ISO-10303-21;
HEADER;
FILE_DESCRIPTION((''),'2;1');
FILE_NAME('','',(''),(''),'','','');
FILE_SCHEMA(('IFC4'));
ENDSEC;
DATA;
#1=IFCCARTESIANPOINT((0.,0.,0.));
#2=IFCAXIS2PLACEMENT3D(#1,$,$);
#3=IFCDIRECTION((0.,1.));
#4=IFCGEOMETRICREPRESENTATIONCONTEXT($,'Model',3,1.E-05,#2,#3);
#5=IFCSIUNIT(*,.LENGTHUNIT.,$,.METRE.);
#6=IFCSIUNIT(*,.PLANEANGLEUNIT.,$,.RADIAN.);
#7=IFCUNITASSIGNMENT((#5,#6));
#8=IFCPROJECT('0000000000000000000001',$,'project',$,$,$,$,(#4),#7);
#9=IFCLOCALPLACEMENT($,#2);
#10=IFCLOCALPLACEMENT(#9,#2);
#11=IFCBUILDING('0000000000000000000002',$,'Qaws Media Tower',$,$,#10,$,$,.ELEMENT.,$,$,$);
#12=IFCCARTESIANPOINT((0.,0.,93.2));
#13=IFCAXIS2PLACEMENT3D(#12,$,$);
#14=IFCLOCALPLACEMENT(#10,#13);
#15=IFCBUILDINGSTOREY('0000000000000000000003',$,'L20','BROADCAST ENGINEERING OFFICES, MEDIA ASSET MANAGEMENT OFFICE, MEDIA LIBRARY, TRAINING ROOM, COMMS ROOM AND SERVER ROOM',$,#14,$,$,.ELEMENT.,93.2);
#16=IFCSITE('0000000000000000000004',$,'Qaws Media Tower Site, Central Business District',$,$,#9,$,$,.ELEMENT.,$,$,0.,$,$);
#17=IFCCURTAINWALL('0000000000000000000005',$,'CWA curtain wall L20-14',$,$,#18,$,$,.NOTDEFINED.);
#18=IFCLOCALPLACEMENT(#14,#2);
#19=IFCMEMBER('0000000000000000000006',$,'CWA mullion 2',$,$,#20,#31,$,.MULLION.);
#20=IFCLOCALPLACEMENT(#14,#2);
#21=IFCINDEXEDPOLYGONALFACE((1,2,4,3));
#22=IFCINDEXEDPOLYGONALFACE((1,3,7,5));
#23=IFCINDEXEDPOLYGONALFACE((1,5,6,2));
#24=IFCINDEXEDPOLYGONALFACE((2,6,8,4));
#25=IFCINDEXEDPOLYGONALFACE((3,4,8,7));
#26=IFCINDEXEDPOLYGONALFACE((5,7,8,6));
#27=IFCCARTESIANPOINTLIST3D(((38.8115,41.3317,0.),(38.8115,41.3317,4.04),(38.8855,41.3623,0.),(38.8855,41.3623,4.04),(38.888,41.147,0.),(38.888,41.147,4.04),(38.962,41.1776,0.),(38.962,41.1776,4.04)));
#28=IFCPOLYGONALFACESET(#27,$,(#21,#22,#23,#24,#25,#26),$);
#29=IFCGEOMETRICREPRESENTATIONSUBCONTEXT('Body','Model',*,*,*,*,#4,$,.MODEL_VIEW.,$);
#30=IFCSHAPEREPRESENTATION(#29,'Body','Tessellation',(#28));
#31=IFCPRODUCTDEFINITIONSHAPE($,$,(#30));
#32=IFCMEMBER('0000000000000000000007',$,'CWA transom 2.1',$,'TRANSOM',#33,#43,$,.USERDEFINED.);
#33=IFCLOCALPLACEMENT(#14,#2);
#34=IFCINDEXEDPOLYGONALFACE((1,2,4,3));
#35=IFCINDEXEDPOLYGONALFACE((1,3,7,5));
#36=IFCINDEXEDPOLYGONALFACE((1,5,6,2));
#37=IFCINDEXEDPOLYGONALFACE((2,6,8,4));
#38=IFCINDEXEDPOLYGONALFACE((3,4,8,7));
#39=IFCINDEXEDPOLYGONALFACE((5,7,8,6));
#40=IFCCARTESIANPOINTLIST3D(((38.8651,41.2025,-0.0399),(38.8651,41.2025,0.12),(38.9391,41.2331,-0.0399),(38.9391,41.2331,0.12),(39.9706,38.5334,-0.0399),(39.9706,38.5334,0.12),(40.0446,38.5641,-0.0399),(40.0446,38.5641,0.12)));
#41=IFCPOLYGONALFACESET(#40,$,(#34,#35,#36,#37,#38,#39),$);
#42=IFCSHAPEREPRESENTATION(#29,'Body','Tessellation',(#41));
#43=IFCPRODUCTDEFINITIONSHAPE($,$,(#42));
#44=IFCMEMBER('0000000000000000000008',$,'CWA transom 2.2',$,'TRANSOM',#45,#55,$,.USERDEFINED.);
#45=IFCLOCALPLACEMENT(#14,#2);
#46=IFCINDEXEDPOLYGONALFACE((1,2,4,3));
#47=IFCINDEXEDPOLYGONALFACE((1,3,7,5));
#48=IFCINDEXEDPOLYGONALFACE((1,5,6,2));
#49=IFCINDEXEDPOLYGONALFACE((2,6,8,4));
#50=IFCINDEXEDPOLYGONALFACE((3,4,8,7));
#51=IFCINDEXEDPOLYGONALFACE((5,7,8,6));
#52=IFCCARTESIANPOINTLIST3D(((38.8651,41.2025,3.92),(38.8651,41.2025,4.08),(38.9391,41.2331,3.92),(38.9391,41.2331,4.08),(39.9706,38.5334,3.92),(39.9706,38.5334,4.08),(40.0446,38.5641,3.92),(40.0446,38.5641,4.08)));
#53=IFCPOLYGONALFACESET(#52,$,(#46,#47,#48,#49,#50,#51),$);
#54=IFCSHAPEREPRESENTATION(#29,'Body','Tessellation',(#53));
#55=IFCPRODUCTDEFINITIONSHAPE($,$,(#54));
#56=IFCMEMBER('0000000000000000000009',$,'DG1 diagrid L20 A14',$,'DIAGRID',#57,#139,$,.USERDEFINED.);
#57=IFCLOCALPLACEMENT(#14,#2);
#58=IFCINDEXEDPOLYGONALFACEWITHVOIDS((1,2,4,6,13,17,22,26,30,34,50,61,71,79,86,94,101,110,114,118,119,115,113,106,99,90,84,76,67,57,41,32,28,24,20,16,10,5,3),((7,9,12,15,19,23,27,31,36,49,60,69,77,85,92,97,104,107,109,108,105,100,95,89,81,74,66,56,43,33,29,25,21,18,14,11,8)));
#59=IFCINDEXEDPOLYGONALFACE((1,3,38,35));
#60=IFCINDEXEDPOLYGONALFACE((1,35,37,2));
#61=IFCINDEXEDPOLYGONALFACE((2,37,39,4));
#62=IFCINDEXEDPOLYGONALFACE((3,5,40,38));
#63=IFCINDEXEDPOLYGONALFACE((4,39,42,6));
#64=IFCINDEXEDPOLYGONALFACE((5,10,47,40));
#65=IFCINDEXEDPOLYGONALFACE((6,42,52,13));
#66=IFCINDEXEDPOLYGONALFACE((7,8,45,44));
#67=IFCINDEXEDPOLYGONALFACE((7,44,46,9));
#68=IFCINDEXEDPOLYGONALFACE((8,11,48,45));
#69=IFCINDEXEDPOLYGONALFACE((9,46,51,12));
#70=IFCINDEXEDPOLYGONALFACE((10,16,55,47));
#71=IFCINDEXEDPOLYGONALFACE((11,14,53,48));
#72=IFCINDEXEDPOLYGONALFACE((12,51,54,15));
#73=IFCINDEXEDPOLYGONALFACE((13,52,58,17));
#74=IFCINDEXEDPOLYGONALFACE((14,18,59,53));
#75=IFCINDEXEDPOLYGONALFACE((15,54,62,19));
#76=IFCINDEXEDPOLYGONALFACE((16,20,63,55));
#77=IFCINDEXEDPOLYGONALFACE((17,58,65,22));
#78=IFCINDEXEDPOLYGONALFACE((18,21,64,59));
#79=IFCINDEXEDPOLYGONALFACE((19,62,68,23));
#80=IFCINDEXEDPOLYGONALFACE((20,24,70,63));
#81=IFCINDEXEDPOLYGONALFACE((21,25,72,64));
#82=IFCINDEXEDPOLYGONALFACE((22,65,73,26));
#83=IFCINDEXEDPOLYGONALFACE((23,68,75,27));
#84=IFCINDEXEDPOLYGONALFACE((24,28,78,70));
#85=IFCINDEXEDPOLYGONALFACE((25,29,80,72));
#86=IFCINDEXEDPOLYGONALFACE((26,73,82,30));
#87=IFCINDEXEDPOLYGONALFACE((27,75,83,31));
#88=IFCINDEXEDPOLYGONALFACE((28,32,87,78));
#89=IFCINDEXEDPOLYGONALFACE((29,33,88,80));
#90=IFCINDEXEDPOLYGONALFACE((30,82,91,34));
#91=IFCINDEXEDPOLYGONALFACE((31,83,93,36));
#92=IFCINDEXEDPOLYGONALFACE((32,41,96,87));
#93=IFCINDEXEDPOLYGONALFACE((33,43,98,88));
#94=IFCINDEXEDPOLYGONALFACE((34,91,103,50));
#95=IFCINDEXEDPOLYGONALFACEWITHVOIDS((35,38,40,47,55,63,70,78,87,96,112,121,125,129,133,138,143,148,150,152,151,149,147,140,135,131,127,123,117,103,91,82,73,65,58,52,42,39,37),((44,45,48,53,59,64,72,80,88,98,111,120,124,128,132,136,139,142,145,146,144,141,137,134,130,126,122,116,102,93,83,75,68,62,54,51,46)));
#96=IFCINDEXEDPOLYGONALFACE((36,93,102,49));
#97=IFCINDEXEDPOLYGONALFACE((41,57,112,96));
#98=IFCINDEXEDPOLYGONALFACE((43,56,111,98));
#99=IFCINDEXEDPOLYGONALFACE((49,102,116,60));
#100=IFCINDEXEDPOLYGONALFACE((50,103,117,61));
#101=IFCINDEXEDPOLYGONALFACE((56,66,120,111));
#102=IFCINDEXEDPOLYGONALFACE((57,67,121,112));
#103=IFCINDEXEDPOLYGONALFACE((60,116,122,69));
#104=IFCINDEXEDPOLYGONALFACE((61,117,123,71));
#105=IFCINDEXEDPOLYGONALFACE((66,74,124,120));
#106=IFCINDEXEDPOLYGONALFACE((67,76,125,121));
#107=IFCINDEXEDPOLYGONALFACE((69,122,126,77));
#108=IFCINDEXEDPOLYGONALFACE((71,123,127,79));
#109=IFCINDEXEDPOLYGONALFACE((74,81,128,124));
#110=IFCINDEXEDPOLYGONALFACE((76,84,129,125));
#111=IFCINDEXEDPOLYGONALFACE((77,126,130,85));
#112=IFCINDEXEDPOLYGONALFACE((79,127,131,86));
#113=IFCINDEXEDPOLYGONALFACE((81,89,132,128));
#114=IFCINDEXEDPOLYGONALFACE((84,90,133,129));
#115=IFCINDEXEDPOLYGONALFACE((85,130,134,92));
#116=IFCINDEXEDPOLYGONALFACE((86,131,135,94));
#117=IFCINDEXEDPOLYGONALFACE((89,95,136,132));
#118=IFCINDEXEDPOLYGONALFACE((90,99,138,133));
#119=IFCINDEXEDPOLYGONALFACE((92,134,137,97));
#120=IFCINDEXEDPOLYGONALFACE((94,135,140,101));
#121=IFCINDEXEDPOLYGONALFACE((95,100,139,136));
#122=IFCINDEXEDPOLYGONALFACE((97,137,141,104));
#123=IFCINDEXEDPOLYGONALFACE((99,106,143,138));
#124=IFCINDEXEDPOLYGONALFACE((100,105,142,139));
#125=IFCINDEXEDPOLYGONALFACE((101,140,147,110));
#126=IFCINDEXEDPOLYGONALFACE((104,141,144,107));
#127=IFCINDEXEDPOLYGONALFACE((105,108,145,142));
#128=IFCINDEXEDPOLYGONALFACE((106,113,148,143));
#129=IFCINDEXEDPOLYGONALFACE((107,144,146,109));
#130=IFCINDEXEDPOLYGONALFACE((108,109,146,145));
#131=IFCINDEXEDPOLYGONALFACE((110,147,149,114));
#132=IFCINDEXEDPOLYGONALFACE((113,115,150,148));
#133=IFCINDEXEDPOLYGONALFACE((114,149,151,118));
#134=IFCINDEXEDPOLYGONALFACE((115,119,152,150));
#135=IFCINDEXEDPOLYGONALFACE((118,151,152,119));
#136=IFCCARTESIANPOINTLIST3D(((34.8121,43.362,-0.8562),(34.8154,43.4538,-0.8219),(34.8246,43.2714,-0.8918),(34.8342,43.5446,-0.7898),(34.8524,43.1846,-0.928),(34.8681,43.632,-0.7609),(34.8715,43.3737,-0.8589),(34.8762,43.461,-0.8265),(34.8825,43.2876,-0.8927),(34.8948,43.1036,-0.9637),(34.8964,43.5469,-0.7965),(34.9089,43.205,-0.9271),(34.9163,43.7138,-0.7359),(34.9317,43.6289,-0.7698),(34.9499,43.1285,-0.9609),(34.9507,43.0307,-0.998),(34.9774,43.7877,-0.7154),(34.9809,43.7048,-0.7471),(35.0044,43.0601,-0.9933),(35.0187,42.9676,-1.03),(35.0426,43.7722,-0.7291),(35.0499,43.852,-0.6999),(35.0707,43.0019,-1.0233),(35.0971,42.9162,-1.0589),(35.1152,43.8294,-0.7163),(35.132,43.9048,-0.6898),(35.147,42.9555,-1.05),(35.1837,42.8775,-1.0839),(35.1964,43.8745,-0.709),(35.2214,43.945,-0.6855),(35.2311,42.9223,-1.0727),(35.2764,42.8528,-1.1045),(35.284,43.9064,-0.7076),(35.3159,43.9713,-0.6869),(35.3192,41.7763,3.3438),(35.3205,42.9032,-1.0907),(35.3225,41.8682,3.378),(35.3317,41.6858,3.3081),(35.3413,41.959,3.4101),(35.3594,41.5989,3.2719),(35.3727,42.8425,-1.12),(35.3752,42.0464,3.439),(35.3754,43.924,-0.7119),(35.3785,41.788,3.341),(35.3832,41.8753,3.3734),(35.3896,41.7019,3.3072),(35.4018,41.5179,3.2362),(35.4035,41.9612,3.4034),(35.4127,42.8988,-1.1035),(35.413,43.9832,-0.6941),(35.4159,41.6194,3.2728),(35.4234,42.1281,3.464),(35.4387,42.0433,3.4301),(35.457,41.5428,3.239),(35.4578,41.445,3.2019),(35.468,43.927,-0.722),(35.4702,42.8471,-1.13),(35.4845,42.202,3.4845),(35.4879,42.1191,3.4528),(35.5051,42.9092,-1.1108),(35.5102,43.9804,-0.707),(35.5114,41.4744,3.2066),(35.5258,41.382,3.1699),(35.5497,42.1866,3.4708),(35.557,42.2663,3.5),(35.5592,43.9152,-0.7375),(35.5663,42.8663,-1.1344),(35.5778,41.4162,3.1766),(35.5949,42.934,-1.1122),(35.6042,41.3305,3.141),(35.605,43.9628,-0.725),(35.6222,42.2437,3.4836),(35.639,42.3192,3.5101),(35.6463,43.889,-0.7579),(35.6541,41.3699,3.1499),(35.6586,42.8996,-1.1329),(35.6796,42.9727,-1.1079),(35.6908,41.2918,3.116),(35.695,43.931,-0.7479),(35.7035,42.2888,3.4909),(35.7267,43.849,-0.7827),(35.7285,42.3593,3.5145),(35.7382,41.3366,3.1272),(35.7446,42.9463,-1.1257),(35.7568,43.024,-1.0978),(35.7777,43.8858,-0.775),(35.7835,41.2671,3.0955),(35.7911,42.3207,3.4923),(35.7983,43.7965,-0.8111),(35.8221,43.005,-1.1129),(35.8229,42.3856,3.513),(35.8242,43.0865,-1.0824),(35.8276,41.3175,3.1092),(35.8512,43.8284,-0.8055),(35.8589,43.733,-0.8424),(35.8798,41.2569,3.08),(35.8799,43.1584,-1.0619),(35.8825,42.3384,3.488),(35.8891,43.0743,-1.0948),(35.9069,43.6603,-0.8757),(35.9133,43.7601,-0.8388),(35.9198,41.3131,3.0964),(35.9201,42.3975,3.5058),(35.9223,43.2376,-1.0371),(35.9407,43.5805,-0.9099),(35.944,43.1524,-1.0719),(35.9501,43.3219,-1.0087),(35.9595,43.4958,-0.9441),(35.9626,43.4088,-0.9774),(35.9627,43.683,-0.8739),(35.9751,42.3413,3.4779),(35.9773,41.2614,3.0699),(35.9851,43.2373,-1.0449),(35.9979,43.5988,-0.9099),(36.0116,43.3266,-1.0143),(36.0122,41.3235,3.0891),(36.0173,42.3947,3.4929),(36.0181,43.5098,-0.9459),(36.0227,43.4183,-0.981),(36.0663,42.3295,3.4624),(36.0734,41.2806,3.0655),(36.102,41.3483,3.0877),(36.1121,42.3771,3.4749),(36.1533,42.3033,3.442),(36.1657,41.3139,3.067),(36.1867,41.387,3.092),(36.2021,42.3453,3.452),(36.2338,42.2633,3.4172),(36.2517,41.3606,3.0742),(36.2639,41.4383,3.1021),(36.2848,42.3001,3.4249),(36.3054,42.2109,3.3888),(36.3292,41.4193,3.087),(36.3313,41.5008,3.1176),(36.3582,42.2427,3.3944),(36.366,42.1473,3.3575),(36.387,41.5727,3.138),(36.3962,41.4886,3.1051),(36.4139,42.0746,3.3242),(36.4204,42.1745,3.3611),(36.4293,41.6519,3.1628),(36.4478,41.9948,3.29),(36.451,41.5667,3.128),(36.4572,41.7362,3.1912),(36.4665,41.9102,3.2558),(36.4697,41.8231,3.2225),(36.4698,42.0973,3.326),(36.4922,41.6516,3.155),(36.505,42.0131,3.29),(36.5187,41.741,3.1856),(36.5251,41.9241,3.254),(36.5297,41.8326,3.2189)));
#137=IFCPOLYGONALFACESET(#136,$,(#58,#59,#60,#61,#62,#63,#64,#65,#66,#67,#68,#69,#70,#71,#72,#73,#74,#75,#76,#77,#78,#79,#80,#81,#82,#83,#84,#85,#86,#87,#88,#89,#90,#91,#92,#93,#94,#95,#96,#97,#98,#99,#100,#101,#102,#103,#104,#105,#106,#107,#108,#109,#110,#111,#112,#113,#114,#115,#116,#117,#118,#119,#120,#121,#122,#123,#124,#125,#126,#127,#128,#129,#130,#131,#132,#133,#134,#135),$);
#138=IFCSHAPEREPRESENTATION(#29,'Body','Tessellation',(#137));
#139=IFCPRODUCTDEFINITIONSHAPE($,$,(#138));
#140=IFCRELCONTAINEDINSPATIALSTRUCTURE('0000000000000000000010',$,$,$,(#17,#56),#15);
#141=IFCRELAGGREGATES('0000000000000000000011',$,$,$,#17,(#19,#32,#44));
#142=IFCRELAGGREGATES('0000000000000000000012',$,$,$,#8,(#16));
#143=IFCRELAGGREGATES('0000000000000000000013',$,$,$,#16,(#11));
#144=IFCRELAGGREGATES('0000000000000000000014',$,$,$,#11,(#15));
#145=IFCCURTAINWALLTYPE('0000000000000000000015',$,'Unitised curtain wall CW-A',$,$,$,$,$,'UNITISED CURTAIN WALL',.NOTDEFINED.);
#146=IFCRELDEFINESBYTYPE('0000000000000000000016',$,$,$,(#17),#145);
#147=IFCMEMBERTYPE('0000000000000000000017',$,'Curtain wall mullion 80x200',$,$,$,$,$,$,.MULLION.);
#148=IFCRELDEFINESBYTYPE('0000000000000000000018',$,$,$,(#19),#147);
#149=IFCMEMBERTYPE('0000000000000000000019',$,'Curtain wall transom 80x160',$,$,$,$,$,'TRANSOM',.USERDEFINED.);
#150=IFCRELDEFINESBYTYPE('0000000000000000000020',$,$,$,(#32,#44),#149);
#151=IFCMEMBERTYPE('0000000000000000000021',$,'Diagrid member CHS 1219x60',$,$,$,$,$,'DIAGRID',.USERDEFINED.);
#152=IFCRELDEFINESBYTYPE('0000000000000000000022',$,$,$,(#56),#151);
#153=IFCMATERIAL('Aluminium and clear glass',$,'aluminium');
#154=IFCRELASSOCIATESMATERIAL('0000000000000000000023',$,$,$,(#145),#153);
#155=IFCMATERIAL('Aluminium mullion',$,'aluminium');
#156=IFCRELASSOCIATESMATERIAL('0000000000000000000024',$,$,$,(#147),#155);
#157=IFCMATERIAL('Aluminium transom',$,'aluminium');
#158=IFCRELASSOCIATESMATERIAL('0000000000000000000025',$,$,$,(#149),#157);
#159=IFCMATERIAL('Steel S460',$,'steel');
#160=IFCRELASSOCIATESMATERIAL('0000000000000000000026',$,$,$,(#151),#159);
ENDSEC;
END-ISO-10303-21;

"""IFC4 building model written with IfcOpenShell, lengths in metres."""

from ifc_helpers import new_model, si_unit, direction, frame, origin, origin_2d, place, context, subcontext, project, spatial, rectangle, hollow_circle, extrude, material, material_profile, profile_set, type_object, element, aggregate, save


model = new_model("IFC4")

# Units and contexts
model_context = context("Model", 3, precision=1e-05, world=origin(), true_north=direction((0.0, 1.0)))
body_context = subcontext(model_context, "Body", "Model", "MODEL_VIEW")
ifc_project = project(units=[si_unit("LENGTHUNIT", "METRE"), si_unit("PLANEANGLEUNIT", "RADIAN")], contexts=[model_context])

# Site, building, storey
site_placement = place(None, origin())
site = spatial("IfcSite", under=ifc_project, at=site_placement, Name="Qaws Media Tower Site, Central Business District", CompositionType="ELEMENT", RefElevation=0.0)
building_placement = place(site_placement, origin())
building = spatial("IfcBuilding", under=site, at=building_placement, Name="Qaws Media Tower", CompositionType="ELEMENT")
storey_placement = place(building_placement, frame((0.0, 0.0, 93.2)))
storey = spatial("IfcBuildingStorey", under=building, at=storey_placement, Name="L20", Description="BROADCAST ENGINEERING OFFICES, MEDIA ASSET MANAGEMENT OFFICE, MEDIA LIBRARY, TRAINING ROOM, COMMS ROOM AND SERVER ROOM", CompositionType="ELEMENT", Elevation=93.2)

# Curtain wall, members
ifc_material_1 = material(Name="Aluminium and clear glass", Category="aluminium")
curtain_wall_type = type_object("IfcCurtainWallType", Name="Unitised curtain wall CW-A", ElementType="UNITISED CURTAIN WALL", PredefinedType="NOTDEFINED", material=ifc_material_1)
curtain_wall_placement = place(storey_placement, origin())
curtain_wall = element("IfcCurtainWall", 1, at=curtain_wall_placement, inside=storey, type_object=curtain_wall_type, Name="CWA curtain wall L20-14", PredefinedType="NOTDEFINED")
ifc_material_2 = material(Name="Aluminium mullion", Category="aluminium")
ifc_material_profile_1 = material_profile(ifc_material_2, rectangle(XDim=0.0801, YDim=0.2, at=origin_2d()), Name="80x200")
ifc_profile_set_1 = profile_set([ifc_material_profile_1], Name="Aluminium mullion")
member_type_1 = type_object("IfcMemberType", Name="Curtain wall mullion 80x200", PredefinedType="MULLION", material=ifc_profile_set_1)
member_1_placement = place(storey_placement, frame((38.8867, 41.2546, 0.0), z_axis=(0.0, 0.0, 1.0), x_axis=(0.92388, 0.382683, 0.0)))
member_1 = element("IfcMember", 2, at=member_1_placement, type_object=member_type_1, Name="CWA mullion 2", PredefinedType="MULLION", context=body_context, shape_type="SweptSolid", body=[
    extrude(rectangle(XDim=0.0801, YDim=0.2, at=origin_2d()), origin(), (0.0, 0.0, 1.0), 4.04),
])
ifc_material_3 = material(Name="Aluminium transom", Category="aluminium")
ifc_material_profile_2 = material_profile(ifc_material_3, rectangle(XDim=0.0801, YDim=0.1599, at=origin_2d()), Name="80x160")
ifc_profile_set_2 = profile_set([ifc_material_profile_2], Name="Aluminium transom")
member_type_2 = type_object("IfcMemberType", Name="Curtain wall transom 80x160", ElementType="TRANSOM", PredefinedType="USERDEFINED", material=ifc_profile_set_2)
member_2_placement = place(storey_placement, frame((38.9021, 41.2178, 0.04), z_axis=(0.38267, -0.923885, 0.0), x_axis=(0.923885, 0.38267, 0.0)))
member_2 = element("IfcMember", 3, at=member_2_placement, type_object=member_type_2, Name="CWA transom 2.1", ObjectType="TRANSOM", PredefinedType="USERDEFINED", context=body_context, shape_type="SweptSolid", body=[
    extrude(rectangle(XDim=0.0801, YDim=0.1599, at=origin_2d()), origin(), (0.0, 0.0, 1.0), 2.8889),
])
member_3_placement = place(storey_placement, frame((38.9021, 41.2178, 4.0), z_axis=(0.38267, -0.923885, 0.0), x_axis=(0.923885, 0.38267, 0.0)))
member_3 = element("IfcMember", 4, at=member_3_placement, type_object=member_type_2, Name="CWA transom 2.2", ObjectType="TRANSOM", PredefinedType="USERDEFINED", context=body_context, shape_type="SweptSolid", body=[
    extrude(rectangle(XDim=0.0801, YDim=0.1599, at=origin_2d()), origin(), (0.0, 0.0, 1.0), 2.8889),
])

# Member
ifc_material_4 = material(Name="Steel S460", Category="steel")
ifc_material_profile_3 = material_profile(ifc_material_4, hollow_circle(Radius=0.6096, WallThickness=0.0601, at=origin_2d()), Name="CHS 1219x60")
ifc_profile_set_3 = profile_set([ifc_material_profile_3], Name="Steel S460")
member_type_3 = type_object("IfcMemberType", Name="Diagrid member CHS 1219x60", ElementType="DIAGRID", PredefinedType="USERDEFINED", material=ifc_profile_set_3)
for number, where, z_axis, x_axis, name in (
    (5, (35.4172, 43.4131, -0.9099), (0.112239, -0.350983, 0.929631), (0.952484, 0.304589, 0.0), "DG1 diagrid L20 A14"),
):
    element("IfcMember", number, at=place(storey_placement, frame(where, z_axis=z_axis, x_axis=x_axis)), inside=storey, type_object=member_type_3, Name=name, ObjectType="DIAGRID", PredefinedType="USERDEFINED", context=body_context, shape_type="SweptSolid", body=[
        extrude(hollow_circle(Radius=0.6096, WallThickness=0.0601, at=origin_2d()), origin(), (0.0, 0.0, 1.0), 4.5178),
    ])

aggregate(curtain_wall, [member_1, member_2, member_3])

save(model, "model.ifc")
